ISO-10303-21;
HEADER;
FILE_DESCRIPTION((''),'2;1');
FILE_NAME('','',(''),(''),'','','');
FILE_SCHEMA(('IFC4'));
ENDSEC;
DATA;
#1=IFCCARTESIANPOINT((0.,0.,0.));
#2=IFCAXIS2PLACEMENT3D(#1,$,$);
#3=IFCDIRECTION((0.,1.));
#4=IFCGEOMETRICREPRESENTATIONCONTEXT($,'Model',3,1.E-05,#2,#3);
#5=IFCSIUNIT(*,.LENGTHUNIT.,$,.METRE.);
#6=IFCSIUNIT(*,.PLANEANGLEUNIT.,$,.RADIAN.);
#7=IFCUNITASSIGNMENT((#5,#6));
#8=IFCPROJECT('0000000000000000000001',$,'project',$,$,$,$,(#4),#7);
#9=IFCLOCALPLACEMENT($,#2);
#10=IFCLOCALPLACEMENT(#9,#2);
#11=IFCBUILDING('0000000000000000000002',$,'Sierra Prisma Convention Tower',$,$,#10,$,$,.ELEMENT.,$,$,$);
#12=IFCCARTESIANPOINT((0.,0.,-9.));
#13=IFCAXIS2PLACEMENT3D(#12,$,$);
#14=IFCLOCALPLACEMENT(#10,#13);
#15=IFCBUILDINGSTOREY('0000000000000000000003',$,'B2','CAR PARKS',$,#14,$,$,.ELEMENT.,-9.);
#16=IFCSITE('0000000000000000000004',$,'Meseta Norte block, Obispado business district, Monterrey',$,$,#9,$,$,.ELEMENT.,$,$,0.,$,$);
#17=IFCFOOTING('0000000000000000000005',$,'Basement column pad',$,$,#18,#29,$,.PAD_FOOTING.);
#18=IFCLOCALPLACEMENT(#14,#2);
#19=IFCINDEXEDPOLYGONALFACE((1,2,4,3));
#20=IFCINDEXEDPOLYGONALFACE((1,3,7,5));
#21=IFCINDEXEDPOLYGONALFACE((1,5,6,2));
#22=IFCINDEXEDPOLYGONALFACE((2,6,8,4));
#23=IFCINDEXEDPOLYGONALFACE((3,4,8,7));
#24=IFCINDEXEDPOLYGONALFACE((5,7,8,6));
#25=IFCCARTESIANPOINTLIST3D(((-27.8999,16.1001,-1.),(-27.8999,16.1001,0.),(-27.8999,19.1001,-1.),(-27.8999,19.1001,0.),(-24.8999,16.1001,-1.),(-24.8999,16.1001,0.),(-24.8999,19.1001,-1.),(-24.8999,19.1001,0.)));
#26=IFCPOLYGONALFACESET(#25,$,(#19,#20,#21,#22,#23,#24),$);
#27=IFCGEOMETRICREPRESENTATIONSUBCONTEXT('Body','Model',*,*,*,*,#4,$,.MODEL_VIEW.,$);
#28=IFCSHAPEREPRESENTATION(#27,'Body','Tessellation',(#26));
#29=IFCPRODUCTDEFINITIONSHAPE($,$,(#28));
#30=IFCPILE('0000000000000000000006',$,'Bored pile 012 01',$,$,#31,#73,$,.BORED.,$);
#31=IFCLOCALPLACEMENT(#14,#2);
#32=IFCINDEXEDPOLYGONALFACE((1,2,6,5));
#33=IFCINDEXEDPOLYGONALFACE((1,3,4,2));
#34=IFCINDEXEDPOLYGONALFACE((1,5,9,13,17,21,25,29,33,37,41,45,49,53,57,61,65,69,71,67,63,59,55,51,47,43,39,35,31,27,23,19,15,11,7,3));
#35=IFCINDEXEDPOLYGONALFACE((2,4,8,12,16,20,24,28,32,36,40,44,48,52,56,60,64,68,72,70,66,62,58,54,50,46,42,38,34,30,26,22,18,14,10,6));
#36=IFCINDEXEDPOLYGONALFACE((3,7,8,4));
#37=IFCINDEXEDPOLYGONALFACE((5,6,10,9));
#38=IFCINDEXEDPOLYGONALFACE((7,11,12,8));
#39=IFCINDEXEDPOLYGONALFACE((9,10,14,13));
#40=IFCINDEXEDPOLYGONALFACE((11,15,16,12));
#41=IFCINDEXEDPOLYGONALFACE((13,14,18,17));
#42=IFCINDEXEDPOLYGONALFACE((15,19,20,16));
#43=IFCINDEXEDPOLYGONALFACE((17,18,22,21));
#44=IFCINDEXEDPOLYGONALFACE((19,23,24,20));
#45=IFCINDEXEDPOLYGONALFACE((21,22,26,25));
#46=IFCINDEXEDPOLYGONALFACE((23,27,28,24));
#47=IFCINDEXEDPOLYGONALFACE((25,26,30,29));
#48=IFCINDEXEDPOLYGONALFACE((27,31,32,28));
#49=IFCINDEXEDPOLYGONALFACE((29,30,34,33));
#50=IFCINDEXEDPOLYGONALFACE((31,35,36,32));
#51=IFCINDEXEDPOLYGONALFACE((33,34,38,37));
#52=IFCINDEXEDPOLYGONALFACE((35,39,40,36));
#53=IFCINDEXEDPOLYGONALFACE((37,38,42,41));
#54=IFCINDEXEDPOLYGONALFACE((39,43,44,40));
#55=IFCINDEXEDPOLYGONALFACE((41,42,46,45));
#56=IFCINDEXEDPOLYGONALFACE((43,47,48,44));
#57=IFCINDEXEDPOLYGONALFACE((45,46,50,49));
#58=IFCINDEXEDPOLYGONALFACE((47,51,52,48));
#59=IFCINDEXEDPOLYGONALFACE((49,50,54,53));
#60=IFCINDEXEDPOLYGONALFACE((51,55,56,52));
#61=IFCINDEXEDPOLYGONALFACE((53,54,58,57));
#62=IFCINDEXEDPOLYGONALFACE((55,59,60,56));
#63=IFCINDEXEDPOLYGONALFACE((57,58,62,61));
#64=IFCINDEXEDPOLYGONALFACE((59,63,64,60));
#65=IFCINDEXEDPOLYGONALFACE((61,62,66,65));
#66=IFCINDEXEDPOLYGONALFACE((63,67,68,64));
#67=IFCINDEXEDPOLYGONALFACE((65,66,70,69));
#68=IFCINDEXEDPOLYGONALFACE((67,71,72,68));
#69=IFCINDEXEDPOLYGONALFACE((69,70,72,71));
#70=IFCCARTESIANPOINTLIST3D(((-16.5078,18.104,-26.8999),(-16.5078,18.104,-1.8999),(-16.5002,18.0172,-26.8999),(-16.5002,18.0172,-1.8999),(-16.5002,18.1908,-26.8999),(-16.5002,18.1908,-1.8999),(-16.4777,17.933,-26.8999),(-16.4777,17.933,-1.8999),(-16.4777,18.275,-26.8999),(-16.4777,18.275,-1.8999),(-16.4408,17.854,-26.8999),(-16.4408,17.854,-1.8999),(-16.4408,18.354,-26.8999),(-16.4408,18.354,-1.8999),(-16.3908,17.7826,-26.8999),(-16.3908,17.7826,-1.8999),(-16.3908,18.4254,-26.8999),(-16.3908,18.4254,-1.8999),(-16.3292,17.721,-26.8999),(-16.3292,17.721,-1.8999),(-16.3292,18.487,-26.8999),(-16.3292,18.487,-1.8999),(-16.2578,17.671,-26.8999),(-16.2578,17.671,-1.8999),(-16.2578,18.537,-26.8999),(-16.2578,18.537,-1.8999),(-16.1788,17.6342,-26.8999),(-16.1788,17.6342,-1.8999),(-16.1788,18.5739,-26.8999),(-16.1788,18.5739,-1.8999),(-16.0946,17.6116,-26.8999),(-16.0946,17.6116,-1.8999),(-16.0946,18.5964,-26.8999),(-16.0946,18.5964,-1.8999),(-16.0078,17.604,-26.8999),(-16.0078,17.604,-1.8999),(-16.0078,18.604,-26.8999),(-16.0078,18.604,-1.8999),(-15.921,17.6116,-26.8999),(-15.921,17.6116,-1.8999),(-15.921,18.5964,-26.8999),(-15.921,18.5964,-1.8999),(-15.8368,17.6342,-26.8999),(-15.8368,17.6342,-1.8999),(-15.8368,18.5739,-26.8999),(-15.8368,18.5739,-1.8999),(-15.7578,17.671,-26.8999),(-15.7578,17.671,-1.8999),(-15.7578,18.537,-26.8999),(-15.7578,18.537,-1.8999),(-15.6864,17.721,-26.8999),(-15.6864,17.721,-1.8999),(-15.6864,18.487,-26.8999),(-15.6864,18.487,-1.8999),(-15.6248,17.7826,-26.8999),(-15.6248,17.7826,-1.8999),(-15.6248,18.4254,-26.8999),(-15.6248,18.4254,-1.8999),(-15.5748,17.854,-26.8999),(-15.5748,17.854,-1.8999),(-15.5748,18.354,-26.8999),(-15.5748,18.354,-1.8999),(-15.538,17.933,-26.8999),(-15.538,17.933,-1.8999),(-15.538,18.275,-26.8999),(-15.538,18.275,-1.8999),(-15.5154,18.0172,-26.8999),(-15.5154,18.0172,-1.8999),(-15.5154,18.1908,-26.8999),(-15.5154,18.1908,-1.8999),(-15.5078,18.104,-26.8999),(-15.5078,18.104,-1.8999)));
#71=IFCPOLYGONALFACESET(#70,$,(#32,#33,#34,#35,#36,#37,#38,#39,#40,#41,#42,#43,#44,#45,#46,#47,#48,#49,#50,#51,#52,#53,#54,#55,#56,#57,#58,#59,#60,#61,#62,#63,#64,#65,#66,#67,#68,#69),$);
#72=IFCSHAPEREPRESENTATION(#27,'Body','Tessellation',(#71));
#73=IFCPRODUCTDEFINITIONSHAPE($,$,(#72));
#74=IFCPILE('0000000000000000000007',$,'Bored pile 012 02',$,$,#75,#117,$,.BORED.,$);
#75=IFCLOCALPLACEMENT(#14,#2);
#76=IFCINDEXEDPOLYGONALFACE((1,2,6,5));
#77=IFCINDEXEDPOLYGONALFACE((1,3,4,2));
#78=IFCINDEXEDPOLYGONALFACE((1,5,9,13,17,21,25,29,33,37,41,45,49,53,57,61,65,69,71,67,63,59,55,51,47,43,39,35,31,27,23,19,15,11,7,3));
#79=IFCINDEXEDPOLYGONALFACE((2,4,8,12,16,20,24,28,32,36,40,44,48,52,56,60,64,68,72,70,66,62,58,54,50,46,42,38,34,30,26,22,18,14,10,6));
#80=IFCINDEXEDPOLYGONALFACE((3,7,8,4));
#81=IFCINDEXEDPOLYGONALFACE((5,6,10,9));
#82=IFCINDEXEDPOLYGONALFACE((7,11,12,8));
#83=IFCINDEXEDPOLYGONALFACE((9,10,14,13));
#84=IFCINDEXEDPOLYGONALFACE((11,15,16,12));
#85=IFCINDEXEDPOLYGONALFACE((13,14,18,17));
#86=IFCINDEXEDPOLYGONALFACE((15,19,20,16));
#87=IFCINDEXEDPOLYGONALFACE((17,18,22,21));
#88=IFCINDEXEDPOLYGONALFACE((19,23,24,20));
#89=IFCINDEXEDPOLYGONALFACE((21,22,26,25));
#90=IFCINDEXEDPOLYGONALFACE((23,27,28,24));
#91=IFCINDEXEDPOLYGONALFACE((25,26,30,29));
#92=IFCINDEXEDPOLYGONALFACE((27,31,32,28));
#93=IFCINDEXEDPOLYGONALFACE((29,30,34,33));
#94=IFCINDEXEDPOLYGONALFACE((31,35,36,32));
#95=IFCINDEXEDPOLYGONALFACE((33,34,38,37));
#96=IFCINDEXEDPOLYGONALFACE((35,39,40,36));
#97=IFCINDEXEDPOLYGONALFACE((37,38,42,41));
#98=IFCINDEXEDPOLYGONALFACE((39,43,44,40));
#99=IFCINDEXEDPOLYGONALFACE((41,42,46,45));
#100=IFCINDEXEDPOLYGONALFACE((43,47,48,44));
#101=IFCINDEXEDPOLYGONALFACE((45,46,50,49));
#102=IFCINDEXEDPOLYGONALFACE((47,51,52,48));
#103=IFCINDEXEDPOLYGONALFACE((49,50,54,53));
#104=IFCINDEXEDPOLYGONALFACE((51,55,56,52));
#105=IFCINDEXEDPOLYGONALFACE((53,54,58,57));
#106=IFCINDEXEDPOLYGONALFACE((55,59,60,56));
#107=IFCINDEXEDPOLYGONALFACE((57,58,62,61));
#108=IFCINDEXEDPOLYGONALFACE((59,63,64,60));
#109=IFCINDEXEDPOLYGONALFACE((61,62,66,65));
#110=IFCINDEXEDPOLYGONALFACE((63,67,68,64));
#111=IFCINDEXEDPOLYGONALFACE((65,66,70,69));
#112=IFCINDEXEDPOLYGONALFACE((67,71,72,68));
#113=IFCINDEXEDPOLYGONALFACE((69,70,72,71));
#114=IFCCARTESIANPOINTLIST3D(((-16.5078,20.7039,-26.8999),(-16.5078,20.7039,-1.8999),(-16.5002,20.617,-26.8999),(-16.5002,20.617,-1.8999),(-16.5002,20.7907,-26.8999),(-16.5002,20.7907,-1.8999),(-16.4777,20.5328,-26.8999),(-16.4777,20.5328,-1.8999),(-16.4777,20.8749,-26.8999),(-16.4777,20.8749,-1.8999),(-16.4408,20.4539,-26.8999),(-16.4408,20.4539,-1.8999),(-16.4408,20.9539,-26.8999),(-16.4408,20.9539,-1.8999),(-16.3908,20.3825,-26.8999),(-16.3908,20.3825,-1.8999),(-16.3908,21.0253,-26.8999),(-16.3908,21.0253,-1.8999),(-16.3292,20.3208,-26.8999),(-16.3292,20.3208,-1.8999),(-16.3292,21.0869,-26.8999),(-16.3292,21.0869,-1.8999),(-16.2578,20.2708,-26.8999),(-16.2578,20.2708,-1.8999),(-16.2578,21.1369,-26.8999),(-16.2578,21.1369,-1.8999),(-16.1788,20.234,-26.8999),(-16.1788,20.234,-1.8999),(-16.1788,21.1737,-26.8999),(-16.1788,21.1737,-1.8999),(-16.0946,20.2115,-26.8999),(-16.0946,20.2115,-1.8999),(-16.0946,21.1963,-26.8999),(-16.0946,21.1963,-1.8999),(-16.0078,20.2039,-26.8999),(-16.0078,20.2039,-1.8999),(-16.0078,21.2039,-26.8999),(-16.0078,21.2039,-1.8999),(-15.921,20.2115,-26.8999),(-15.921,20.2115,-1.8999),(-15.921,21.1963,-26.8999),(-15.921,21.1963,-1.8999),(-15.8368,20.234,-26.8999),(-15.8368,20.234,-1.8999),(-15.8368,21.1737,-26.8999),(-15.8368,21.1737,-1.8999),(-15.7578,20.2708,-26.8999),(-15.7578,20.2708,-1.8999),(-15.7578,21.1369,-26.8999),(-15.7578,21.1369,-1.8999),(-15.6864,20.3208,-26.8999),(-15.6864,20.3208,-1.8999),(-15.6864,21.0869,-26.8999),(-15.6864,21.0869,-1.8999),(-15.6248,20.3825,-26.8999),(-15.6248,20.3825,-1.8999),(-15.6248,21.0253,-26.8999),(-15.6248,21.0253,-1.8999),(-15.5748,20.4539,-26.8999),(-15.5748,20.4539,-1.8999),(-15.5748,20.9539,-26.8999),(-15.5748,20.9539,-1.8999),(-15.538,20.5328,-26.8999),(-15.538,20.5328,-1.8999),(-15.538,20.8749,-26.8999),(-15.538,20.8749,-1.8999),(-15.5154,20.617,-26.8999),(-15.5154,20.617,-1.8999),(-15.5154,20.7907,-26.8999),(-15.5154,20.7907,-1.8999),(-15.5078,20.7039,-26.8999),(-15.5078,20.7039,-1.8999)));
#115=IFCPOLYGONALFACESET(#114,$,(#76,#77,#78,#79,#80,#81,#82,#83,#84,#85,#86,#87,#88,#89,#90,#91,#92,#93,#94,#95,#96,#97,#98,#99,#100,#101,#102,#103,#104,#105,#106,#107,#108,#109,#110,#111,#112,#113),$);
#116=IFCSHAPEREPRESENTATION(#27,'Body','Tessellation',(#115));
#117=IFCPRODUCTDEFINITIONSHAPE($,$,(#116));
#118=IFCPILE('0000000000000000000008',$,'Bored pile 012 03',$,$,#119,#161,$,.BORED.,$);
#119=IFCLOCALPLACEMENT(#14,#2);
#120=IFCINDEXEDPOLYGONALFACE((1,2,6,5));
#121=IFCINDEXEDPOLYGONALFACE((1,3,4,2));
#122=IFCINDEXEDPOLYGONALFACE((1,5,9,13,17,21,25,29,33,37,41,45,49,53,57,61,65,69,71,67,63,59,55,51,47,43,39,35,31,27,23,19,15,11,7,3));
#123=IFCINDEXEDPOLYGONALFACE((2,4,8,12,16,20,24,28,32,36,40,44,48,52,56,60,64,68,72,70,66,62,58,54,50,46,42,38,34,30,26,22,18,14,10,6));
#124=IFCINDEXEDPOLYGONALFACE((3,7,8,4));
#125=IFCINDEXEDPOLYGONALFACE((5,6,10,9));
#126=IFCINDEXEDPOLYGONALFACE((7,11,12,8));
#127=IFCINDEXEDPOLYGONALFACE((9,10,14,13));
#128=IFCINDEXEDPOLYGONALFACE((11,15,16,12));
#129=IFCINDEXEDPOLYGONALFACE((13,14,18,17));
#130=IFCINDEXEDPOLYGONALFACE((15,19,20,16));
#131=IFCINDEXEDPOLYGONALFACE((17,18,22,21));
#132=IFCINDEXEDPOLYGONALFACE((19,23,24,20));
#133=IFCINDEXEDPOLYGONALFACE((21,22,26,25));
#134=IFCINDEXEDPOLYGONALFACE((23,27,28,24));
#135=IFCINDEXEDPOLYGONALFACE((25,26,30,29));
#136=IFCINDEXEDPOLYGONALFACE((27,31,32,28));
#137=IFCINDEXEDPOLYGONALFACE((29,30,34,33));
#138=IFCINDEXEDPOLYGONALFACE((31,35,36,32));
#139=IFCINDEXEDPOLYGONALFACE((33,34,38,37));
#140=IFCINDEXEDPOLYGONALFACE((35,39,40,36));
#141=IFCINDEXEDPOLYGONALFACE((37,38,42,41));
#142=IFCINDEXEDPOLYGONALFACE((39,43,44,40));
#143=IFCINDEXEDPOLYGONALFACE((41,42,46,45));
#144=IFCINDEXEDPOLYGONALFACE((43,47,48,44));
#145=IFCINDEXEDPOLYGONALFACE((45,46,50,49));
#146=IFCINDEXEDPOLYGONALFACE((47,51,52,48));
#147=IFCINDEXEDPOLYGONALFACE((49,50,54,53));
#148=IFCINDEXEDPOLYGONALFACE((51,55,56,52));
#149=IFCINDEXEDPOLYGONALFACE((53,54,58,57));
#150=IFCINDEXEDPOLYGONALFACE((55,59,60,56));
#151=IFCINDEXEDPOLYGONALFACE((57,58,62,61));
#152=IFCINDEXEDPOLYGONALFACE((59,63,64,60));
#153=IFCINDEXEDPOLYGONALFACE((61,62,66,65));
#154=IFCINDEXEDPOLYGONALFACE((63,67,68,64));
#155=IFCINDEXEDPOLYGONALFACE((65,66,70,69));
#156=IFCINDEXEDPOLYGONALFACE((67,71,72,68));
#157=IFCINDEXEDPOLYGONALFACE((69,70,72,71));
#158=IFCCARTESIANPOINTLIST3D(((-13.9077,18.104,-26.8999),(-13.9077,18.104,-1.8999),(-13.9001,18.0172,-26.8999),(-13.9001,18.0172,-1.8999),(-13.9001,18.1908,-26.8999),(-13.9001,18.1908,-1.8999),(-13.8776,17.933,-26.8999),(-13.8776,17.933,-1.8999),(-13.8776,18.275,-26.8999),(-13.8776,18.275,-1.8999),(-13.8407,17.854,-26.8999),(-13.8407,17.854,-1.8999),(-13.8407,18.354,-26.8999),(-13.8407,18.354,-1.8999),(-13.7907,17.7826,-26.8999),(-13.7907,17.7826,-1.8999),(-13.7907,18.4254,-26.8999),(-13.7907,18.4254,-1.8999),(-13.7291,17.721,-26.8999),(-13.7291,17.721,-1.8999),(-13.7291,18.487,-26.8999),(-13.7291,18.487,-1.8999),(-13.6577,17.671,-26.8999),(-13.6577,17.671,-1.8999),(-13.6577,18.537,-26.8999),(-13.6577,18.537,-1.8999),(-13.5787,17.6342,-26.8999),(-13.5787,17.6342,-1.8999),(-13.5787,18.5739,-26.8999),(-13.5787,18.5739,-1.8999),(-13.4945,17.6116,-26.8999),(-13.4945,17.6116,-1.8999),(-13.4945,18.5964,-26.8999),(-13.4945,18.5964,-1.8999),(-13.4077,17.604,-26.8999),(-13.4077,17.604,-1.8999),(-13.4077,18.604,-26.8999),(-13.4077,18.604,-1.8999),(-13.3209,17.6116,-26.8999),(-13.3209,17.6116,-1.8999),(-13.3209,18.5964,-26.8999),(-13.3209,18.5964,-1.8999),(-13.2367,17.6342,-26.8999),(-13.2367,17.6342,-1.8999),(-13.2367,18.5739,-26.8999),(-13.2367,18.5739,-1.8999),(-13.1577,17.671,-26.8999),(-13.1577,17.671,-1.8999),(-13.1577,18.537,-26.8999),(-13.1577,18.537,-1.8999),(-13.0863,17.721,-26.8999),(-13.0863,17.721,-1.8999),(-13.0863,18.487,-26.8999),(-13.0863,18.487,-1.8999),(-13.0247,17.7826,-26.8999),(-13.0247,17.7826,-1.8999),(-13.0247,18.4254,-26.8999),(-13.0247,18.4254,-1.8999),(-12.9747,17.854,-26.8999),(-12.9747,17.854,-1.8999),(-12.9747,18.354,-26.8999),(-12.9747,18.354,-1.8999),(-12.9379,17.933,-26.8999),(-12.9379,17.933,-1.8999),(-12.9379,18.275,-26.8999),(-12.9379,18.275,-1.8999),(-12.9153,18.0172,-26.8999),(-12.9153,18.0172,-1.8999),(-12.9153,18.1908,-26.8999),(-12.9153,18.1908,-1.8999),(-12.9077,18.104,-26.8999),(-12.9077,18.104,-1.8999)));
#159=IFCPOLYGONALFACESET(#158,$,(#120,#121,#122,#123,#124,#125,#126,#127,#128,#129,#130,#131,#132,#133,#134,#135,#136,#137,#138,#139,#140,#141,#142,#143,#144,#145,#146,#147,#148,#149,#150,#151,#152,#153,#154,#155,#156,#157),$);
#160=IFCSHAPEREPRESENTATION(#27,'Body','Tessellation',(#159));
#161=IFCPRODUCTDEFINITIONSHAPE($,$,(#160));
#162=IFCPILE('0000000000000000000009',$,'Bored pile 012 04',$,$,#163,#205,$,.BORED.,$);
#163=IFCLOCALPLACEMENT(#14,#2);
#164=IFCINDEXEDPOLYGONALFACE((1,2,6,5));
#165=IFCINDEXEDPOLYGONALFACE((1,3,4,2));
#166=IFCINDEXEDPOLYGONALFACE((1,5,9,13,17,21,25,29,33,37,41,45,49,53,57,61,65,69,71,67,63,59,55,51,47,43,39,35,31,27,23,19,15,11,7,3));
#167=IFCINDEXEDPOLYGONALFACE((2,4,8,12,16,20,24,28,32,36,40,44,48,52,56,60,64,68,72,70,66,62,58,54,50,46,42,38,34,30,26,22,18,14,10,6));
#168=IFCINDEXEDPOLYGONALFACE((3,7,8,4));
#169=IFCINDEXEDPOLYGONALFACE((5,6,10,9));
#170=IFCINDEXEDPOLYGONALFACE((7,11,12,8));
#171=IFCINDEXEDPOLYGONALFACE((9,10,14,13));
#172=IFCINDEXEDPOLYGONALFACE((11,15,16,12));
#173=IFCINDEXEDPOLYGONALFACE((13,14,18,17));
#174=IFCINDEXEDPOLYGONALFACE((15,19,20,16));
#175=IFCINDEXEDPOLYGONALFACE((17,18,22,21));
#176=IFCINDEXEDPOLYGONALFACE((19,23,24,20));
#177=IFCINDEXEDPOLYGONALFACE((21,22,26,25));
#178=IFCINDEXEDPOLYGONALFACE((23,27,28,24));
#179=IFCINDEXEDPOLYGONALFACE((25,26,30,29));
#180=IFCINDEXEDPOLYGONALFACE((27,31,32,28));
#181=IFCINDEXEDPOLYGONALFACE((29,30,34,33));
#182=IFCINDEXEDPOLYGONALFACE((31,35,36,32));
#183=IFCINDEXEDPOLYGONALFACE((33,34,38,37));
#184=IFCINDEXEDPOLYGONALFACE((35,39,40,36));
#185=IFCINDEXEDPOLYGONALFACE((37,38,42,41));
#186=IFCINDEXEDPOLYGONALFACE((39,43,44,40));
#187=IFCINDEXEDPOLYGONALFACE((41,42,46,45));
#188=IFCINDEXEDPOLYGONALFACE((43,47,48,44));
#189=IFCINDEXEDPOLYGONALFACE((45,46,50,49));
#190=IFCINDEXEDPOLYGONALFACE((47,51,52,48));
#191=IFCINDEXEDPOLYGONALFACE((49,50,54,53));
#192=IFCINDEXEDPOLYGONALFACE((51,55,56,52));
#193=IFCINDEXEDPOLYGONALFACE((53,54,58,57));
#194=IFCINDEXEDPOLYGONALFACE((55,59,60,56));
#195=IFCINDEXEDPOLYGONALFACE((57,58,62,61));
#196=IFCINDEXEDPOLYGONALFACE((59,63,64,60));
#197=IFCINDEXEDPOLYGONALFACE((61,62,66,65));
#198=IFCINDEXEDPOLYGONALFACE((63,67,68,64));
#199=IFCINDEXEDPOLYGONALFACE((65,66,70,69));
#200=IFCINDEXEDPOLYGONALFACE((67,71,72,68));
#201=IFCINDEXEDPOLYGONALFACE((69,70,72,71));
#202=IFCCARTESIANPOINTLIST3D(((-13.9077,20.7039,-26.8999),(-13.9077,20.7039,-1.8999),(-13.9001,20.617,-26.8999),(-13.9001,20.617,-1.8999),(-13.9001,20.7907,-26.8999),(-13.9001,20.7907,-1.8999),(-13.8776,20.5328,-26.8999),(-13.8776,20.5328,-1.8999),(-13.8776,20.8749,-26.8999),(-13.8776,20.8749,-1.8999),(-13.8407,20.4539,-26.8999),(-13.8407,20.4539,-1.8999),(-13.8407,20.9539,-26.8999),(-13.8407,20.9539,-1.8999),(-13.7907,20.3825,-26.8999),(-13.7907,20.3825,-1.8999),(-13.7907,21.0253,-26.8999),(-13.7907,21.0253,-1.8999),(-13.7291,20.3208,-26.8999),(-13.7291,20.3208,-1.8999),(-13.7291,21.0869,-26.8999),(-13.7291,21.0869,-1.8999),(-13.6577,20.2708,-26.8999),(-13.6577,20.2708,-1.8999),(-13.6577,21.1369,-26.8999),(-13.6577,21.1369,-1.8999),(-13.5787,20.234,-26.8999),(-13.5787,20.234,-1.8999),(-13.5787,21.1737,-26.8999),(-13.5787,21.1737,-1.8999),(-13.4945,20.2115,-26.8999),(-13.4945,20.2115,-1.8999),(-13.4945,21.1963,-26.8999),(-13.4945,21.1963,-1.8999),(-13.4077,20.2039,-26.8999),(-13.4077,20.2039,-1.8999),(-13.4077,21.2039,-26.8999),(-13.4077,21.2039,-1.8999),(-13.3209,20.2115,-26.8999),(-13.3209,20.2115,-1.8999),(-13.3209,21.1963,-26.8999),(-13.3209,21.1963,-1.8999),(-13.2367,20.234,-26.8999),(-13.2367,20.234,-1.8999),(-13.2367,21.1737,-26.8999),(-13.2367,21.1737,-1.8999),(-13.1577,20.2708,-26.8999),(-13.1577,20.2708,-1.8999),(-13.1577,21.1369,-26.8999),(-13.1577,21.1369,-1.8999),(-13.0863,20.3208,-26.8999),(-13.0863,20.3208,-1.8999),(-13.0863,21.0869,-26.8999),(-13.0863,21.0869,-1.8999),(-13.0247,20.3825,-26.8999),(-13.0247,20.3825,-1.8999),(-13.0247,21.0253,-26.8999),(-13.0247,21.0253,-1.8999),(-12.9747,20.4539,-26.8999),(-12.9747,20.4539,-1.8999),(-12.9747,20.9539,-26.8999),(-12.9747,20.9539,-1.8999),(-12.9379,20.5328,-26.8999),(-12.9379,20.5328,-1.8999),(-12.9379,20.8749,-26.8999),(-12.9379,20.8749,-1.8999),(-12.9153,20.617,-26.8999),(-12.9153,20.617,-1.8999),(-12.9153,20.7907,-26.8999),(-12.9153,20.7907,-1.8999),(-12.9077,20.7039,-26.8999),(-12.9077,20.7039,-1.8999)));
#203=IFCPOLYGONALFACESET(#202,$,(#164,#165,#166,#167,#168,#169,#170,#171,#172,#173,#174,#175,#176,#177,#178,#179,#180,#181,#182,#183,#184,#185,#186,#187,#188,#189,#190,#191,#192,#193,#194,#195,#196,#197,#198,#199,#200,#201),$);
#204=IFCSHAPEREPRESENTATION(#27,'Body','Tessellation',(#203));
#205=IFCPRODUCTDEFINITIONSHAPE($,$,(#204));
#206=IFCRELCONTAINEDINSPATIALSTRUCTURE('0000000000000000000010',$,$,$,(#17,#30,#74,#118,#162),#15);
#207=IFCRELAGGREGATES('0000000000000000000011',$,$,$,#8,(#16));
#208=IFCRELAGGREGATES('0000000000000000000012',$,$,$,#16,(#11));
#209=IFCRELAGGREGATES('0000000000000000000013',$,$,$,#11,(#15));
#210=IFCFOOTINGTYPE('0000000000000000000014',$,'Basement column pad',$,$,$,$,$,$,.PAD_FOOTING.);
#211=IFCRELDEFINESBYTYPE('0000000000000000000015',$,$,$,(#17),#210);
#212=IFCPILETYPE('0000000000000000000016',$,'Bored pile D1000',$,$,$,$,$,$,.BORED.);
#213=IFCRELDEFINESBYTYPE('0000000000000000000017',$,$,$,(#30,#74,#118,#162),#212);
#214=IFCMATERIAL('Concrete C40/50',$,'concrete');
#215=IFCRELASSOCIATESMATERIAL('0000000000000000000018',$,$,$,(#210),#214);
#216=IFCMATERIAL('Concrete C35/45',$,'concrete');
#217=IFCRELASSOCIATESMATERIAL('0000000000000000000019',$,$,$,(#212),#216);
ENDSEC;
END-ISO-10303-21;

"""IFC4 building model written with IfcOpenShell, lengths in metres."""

from ifc_helpers import new_model, si_unit, direction, frame, origin, origin_2d, place, context, subcontext, project, spatial, rectangle, circle, extrude, material, material_profile, profile_set, type_object, element, save


model = new_model("IFC4")

# Units and contexts
model_context = context("Model", 3, precision=1e-05, world=origin(), true_north=direction((0.0, 1.0)))
body_context = subcontext(model_context, "Body", "Model", "MODEL_VIEW")
ifc_project = project(units=[si_unit("LENGTHUNIT", "METRE"), si_unit("PLANEANGLEUNIT", "RADIAN")], contexts=[model_context])

# Site, building, storey
site_placement = place(None, origin())
site = spatial("IfcSite", under=ifc_project, at=site_placement, Name="Meseta Norte block, Obispado business district, Monterrey", CompositionType="ELEMENT", RefElevation=0.0)
building_placement = place(site_placement, origin())
building = spatial("IfcBuilding", under=site, at=building_placement, Name="Sierra Prisma Convention Tower", CompositionType="ELEMENT")
storey_placement = place(building_placement, frame((0.0, 0.0, -9.0)))
storey = spatial("IfcBuildingStorey", under=building, at=storey_placement, Name="B2", Description="CAR PARKS", CompositionType="ELEMENT", Elevation=-9.0)

# Footing
ifc_material_1 = material(Name="Concrete C40/50", Category="concrete")
footing_type_1 = type_object("IfcFootingType", Name="Basement column pad", PredefinedType="PAD_FOOTING", material=ifc_material_1)
footing_placement = place(storey_placement, frame((-26.3999, 17.6001, -1.0), z_axis=(0.0, 0.0, 1.0), x_axis=(1.0, 0.0, 0.0)))
element("IfcFooting", 1, at=footing_placement, inside=storey, type_object=footing_type_1, Name="Basement column pad", PredefinedType="PAD_FOOTING", context=body_context, shape_type="SweptSolid", body=[
    extrude(rectangle(XDim=3.0, YDim=3.0, at=origin_2d()), origin(), (0.0, 0.0, 1.0), 1.0),
])

# Piles
ifc_material_2 = material(Name="Concrete C35/45", Category="concrete")
ifc_material_profile_1 = material_profile(ifc_material_2, circle(Radius=0.5, at=origin_2d()), Name="D1000")
ifc_profile_set_1 = profile_set([ifc_material_profile_1], Name="Concrete C35/45")
pile_type_1 = type_object("IfcPileType", Name="Bored pile D1000", PredefinedType="BORED", material=ifc_profile_set_1)
for number, where, z_axis, x_axis, name in (
    (2, (-16.0078, 18.104, -1.8999), (0.0, 0.0, -1.0), (1.0, 0.0, 0.0), "Bored pile 012 01"),
    (3, (-16.0078, 20.7039, -1.8999), (0.0, 0.0, -1.0), (1.0, 0.0, 0.0), "Bored pile 012 02"),
    (4, (-13.4077, 18.104, -1.8999), (0.0, 0.0, -1.0), (1.0, 0.0, 0.0), "Bored pile 012 03"),
    (5, (-13.4077, 20.7039, -1.8999), (0.0, 0.0, -1.0), (1.0, 0.0, 0.0), "Bored pile 012 04"),
):
    element("IfcPile", number, at=place(storey_placement, frame(where, z_axis=z_axis, x_axis=x_axis)), inside=storey, type_object=pile_type_1, Name=name, PredefinedType="BORED", context=body_context, shape_type="SweptSolid", body=[
        extrude(circle(Radius=0.5, at=origin_2d()), origin(), (0.0, 0.0, 1.0), 25.0),
    ])

save(model, "model.ifc")
